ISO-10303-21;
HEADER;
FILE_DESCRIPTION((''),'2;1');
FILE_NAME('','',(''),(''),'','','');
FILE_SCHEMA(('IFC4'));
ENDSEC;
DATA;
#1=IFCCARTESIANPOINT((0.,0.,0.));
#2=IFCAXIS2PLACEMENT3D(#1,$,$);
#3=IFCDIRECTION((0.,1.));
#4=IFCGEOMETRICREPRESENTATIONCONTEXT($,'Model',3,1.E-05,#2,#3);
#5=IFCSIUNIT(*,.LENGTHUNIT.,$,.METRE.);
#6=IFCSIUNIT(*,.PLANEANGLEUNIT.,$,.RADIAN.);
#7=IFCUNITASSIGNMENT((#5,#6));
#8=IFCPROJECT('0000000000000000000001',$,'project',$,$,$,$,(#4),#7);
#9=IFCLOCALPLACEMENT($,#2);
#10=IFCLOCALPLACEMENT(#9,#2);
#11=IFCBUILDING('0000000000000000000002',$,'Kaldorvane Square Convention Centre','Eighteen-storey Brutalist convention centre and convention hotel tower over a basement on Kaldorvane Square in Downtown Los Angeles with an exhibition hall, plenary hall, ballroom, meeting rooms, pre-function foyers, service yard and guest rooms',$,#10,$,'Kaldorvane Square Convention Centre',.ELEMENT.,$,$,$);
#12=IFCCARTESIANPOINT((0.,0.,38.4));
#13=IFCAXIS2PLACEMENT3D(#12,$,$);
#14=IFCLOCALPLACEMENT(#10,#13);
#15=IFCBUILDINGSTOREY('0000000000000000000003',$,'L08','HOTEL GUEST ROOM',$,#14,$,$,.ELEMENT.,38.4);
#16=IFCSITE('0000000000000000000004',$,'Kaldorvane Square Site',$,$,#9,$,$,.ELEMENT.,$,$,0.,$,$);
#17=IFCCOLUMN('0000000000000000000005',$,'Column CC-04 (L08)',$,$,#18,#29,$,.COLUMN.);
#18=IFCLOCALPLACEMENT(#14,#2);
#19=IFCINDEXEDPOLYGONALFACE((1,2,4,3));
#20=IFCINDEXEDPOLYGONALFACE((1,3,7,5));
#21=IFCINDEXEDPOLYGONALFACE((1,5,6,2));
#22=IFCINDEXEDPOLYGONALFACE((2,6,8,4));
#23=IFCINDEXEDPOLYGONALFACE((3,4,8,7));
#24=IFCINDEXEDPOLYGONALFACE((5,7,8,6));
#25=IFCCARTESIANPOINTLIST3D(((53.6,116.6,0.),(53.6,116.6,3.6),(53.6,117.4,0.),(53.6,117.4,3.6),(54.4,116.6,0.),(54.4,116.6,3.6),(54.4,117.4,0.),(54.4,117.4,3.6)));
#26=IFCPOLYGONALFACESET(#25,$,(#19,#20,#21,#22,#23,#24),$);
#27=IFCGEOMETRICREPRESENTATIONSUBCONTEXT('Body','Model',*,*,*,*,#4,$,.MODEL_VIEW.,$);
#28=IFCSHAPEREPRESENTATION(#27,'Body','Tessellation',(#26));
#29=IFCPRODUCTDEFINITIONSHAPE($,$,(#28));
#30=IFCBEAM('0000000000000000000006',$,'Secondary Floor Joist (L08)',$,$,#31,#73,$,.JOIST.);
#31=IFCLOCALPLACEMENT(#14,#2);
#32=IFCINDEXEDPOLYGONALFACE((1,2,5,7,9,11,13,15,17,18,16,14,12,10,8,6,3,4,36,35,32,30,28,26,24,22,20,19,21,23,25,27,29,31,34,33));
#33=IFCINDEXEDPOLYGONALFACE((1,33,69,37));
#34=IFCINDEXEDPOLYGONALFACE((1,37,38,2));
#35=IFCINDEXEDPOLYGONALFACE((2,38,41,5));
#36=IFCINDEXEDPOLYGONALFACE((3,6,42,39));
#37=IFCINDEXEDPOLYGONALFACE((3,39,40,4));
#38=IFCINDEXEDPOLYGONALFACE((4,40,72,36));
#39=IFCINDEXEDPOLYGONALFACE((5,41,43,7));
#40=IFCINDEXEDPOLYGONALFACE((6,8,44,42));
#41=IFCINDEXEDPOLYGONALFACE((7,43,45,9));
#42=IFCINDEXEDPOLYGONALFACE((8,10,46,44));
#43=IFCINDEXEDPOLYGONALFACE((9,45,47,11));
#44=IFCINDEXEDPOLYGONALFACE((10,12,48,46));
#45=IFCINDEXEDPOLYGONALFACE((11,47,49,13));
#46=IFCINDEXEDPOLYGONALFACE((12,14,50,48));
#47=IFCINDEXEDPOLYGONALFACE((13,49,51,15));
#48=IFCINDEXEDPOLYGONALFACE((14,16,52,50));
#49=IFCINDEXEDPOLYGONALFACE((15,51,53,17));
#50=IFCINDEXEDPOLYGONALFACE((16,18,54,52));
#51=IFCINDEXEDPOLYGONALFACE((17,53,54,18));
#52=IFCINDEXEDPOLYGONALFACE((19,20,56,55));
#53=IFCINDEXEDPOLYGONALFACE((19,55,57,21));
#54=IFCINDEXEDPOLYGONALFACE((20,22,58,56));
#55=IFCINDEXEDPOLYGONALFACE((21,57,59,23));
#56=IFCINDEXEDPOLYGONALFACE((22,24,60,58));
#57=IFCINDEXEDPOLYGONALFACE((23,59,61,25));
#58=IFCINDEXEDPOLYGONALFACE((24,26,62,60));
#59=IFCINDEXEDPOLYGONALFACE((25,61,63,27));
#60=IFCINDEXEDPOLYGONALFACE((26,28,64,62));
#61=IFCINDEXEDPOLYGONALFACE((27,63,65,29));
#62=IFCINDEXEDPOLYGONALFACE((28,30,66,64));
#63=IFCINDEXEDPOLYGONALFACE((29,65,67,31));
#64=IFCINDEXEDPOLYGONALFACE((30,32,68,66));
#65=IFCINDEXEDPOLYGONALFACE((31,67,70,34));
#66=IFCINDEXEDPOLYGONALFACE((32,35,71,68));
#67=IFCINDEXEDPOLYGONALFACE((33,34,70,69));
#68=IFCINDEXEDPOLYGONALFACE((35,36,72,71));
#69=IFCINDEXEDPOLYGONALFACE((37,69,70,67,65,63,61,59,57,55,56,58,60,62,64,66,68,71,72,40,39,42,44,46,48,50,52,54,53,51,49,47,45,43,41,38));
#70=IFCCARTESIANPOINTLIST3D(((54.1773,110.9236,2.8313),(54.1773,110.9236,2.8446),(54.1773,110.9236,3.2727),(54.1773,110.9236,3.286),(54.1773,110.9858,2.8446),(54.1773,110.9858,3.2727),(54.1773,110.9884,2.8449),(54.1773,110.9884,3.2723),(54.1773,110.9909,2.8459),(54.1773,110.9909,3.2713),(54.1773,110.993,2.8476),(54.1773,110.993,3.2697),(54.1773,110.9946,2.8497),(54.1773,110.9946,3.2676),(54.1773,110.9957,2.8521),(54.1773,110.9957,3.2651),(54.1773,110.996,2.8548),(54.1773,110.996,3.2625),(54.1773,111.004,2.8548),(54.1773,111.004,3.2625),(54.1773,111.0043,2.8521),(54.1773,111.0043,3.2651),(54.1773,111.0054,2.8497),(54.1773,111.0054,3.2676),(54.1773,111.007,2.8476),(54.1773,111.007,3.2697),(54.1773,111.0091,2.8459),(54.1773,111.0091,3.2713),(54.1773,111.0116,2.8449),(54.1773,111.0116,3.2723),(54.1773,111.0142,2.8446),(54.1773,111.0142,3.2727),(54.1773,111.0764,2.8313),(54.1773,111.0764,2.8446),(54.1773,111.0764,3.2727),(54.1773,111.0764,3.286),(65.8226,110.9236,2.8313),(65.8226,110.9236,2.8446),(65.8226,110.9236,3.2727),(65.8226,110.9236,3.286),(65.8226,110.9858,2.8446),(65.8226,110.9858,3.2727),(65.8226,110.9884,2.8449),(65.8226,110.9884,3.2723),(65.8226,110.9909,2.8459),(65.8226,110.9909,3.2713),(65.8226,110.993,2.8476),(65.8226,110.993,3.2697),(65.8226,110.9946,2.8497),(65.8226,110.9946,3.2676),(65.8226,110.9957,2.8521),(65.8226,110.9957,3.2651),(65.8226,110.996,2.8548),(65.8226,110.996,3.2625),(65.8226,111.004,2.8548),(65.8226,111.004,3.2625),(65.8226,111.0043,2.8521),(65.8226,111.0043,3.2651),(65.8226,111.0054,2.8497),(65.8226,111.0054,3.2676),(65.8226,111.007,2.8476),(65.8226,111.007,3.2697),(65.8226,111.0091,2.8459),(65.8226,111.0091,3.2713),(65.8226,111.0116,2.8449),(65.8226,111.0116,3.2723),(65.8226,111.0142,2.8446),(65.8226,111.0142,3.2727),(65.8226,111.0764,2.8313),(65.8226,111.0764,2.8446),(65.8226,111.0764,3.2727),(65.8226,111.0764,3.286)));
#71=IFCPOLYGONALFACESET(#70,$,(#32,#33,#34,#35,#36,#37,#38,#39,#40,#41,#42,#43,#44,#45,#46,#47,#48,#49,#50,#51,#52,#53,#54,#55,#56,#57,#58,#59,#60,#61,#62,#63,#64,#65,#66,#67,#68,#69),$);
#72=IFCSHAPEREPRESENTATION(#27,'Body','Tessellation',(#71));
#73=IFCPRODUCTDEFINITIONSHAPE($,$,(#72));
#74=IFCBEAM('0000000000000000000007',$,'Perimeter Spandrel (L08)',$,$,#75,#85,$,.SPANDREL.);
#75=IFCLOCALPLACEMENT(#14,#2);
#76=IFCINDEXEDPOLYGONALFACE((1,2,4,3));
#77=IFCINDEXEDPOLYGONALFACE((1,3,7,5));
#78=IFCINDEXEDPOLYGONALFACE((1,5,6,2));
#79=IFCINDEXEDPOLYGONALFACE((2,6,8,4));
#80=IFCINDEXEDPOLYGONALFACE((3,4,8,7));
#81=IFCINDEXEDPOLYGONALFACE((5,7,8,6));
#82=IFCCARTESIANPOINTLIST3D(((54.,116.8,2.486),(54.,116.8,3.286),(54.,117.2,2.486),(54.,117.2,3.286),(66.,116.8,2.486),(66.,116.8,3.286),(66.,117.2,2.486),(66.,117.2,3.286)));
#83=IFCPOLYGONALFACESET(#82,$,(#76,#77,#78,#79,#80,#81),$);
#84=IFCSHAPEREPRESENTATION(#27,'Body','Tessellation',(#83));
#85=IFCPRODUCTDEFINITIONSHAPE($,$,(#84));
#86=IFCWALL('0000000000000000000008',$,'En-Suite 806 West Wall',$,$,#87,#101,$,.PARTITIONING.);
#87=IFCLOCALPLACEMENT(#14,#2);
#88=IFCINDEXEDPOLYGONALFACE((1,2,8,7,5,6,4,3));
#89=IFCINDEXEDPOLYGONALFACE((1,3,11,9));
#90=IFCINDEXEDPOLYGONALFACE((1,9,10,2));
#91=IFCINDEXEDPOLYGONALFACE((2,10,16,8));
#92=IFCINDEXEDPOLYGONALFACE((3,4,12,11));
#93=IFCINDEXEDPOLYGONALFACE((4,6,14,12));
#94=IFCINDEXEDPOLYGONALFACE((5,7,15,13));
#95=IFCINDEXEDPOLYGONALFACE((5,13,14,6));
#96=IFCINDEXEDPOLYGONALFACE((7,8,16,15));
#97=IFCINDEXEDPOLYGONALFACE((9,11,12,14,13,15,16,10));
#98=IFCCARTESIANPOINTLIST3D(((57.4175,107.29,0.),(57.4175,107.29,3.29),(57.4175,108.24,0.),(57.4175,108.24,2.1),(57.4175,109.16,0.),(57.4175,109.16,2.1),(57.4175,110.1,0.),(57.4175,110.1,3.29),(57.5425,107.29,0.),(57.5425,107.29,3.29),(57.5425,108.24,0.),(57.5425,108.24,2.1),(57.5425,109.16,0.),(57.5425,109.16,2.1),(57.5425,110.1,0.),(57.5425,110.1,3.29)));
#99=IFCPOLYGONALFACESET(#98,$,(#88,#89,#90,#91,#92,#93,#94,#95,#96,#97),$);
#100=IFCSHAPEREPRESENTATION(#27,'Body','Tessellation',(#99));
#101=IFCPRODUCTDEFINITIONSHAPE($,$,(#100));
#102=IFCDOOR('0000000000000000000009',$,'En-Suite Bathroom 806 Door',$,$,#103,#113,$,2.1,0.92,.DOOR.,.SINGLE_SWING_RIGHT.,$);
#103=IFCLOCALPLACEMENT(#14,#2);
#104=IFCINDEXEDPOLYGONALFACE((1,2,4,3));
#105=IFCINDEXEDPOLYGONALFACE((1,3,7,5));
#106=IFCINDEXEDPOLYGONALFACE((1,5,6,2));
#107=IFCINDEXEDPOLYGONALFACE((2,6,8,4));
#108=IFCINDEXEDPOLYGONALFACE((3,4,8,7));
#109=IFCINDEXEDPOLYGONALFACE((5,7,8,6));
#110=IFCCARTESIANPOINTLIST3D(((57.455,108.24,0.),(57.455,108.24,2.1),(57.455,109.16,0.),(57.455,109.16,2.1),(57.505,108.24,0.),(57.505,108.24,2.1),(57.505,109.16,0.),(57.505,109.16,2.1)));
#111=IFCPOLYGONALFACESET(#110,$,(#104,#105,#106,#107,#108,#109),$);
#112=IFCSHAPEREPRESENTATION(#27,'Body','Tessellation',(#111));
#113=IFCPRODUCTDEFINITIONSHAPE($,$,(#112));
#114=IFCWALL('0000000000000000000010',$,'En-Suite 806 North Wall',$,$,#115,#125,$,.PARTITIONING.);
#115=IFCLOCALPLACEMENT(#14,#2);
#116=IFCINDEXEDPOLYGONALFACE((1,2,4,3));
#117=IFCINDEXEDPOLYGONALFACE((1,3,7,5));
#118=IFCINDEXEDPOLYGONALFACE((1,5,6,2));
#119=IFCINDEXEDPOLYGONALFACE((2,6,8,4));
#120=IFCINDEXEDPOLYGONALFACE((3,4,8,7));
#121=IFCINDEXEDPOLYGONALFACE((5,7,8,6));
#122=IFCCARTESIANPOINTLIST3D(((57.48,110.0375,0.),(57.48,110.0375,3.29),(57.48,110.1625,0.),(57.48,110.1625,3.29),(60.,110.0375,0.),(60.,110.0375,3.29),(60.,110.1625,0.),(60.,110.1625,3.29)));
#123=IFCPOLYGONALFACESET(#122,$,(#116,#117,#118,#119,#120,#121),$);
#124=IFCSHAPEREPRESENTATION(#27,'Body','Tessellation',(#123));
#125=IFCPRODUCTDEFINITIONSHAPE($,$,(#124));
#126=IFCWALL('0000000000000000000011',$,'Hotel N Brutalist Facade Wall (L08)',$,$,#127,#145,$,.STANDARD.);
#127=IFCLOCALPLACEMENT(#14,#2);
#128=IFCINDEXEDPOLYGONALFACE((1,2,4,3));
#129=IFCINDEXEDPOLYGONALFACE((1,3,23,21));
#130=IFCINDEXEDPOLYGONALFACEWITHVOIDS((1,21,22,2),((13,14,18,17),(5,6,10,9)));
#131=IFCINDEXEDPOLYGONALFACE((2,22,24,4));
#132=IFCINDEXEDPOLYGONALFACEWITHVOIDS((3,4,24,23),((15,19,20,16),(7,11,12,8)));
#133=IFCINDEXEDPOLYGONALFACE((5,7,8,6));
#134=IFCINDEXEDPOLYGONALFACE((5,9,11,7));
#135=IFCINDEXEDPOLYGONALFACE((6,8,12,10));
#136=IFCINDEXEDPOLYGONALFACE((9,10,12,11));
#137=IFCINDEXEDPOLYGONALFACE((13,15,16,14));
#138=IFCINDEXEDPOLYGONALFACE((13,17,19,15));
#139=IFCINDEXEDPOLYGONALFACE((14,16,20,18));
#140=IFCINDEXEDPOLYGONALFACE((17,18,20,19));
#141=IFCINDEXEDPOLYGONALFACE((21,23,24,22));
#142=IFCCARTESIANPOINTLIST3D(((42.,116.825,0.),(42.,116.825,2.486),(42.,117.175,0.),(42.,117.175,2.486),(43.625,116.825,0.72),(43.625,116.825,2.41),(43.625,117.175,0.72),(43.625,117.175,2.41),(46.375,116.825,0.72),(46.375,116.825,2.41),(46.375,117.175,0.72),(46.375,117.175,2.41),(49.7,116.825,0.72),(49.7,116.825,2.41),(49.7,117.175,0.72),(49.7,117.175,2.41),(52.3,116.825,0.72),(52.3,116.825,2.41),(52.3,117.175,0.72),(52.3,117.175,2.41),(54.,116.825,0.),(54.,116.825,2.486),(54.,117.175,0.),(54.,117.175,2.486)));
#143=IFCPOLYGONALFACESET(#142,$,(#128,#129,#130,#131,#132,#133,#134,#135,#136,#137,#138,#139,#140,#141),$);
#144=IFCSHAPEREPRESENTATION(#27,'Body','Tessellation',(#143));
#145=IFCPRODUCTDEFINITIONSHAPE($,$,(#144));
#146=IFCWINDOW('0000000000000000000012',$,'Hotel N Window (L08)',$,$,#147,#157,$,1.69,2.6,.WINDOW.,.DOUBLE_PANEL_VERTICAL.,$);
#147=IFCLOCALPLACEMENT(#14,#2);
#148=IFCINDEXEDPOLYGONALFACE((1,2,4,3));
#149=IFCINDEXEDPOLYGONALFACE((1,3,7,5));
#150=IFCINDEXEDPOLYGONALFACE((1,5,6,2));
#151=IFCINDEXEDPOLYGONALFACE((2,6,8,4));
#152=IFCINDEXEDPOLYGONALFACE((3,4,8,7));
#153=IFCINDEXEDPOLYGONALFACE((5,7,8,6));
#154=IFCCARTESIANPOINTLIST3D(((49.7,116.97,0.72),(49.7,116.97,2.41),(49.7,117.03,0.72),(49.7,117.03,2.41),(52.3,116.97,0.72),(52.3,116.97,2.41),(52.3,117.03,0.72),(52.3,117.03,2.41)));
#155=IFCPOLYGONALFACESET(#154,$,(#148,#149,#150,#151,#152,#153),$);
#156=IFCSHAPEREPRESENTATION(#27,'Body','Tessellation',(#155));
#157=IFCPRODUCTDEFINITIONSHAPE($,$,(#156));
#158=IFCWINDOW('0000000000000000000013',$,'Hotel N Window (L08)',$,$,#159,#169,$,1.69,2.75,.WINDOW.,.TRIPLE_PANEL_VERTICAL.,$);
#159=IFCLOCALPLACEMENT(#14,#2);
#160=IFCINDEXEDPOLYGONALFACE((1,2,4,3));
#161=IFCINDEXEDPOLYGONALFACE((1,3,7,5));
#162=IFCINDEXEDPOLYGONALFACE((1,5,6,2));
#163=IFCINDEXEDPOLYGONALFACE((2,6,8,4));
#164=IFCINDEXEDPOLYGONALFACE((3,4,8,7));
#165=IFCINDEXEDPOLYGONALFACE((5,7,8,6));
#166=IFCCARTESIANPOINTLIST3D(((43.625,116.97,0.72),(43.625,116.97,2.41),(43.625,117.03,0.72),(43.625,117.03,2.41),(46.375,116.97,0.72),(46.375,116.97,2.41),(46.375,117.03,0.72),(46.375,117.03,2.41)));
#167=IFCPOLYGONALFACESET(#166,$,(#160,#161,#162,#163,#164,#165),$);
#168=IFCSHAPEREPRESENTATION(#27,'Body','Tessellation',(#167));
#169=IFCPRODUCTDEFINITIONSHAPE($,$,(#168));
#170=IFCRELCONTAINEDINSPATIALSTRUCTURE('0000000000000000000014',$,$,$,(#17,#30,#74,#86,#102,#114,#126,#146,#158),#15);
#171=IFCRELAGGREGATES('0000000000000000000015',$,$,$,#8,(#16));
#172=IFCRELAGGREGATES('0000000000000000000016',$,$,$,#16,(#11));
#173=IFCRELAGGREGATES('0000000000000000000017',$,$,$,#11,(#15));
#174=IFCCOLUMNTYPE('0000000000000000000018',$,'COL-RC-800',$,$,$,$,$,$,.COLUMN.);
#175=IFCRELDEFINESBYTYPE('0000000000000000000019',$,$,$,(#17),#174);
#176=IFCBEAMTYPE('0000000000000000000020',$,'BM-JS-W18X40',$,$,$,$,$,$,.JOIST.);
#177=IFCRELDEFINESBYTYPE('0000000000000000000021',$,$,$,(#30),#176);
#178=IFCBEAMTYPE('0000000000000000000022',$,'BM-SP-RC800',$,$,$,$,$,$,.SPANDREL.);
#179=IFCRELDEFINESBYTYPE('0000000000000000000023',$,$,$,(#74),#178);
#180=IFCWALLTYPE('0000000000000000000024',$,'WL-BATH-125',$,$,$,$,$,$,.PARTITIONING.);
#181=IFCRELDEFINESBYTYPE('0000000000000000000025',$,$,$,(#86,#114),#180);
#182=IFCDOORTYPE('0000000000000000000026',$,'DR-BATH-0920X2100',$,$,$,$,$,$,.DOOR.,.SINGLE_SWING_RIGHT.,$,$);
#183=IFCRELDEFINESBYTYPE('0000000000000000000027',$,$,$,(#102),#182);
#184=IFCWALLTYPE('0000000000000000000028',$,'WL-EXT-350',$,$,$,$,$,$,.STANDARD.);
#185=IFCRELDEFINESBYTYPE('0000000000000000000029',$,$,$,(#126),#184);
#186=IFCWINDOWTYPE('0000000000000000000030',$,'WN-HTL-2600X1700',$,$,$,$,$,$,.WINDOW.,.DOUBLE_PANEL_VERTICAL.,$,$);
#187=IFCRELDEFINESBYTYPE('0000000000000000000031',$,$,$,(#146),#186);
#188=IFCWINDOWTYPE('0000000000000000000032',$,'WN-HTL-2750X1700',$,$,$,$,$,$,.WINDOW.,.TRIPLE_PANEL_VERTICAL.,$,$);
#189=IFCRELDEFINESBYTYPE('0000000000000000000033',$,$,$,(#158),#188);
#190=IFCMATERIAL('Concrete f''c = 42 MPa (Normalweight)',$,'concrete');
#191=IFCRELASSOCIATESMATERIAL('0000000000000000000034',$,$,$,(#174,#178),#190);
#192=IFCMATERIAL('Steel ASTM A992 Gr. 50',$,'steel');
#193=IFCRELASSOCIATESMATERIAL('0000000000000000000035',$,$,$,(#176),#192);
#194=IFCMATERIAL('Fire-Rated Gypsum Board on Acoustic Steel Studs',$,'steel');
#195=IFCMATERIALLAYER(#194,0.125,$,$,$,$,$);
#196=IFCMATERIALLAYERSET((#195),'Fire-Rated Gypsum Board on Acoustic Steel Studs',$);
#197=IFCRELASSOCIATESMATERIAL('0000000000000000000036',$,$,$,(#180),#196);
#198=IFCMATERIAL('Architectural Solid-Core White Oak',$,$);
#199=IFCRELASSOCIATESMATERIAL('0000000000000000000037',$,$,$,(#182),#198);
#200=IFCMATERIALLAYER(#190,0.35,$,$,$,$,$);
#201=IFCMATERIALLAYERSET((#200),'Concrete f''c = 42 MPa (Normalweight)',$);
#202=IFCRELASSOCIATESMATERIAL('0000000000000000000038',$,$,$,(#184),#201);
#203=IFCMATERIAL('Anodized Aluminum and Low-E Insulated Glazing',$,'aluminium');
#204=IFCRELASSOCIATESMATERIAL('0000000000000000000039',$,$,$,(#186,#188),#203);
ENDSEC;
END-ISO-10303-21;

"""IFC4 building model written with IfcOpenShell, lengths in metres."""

from ifc_helpers import new_model, si_unit, direction, frame, frame_2d, origin, origin_2d, place, context, subcontext, project, spatial, rectangle, i_section, extrude, material, layer, layer_set, material_profile, profile_set, type_object, element, fill, save


model = new_model("IFC4")

# Units and contexts
model_context = context("Model", 3, precision=1e-05, world=origin(), true_north=direction((0.0, 1.0)))
body_context = subcontext(model_context, "Body", "Model", "MODEL_VIEW")
ifc_project = project(units=[si_unit("LENGTHUNIT", "METRE"), si_unit("PLANEANGLEUNIT", "RADIAN")], contexts=[model_context])

# Site, building, storey
site_placement = place(None, origin())
site = spatial("IfcSite", under=ifc_project, at=site_placement, Name="Kaldorvane Square Site", CompositionType="ELEMENT", RefElevation=0.0)
building_placement = place(site_placement, origin())
building = spatial("IfcBuilding", under=site, at=building_placement, Name="Kaldorvane Square Convention Centre", Description="Eighteen-storey Brutalist convention centre and convention hotel tower over a basement on Kaldorvane Square in Downtown Los Angeles with an exhibition hall, plenary hall, ballroom, meeting rooms, pre-function foyers, service yard and guest rooms", LongName="Kaldorvane Square Convention Centre", CompositionType="ELEMENT")
storey_placement = place(building_placement, frame((0.0, 0.0, 38.4)))
storey = spatial("IfcBuildingStorey", under=building, at=storey_placement, Name="L08", Description="HOTEL GUEST ROOM", CompositionType="ELEMENT", Elevation=38.4)

# Column
ifc_material_1 = material(Name="Concrete f'c = 42 MPa (Normalweight)", Category="concrete")
ifc_material_profile_1 = material_profile(ifc_material_1, rectangle(XDim=0.8, YDim=0.8, at=origin_2d()), Name="RC800X800")
ifc_profile_set_1 = profile_set([ifc_material_profile_1], Name="Concrete f'c = 42 MPa (Normalweight)")
column_type = type_object("IfcColumnType", Name="COL-RC-800", PredefinedType="COLUMN", material=ifc_profile_set_1)
column_placement = place(storey_placement, frame((54.0, 117.0, 0.0), z_axis=(0.0, 0.0, 1.0), x_axis=(1.0, 0.0, 0.0)))
element("IfcColumn", 1, at=column_placement, inside=storey, type_object=column_type, Name="Column CC-04 (L08)", PredefinedType="COLUMN", context=body_context, shape_type="SweptSolid", body=[
    extrude(rectangle(XDim=0.8, YDim=0.8, at=origin_2d()), origin(), (0.0, 0.0, 1.0), 3.6),
])

# Beams
ifc_material_2 = material(Name="Steel ASTM A992 Gr. 50", Category="steel")
ifc_material_profile_2 = material_profile(ifc_material_2, i_section(OverallWidth=0.1528, OverallDepth=0.4547, WebThickness=0.008, FlangeThickness=0.0133, FilletRadius=0.0102, at=origin_2d()), Name="W18X40")
ifc_profile_set_2 = profile_set([ifc_material_profile_2], Name="Steel ASTM A992 Gr. 50")
beam_type_1 = type_object("IfcBeamType", Name="BM-JS-W18X40", PredefinedType="JOIST", material=ifc_profile_set_2)
beam_1_placement = place(storey_placement, frame((54.1773, 111.0, 3.0586), z_axis=(1.0, 0.0, 0.0), x_axis=(0.0, 1.0, 0.0)))
element("IfcBeam", 2, at=beam_1_placement, inside=storey, type_object=beam_type_1, Name="Secondary Floor Joist (L08)", PredefinedType="JOIST", context=body_context, shape_type="SweptSolid", body=[
    extrude(i_section(OverallWidth=0.1528, OverallDepth=0.4547, WebThickness=0.008, FlangeThickness=0.0133, FilletRadius=0.0102, at=origin_2d()), origin(), (0.0, 0.0, 1.0), 11.6453),
])
ifc_material_profile_3 = material_profile(ifc_material_1, rectangle(XDim=0.4, YDim=0.8, at=origin_2d()), Name="RCSP800X400")
ifc_profile_set_3 = profile_set([ifc_material_profile_3], Name="Concrete f'c = 42 MPa (Normalweight)")
beam_type_2 = type_object("IfcBeamType", Name="BM-SP-RC800", PredefinedType="SPANDREL", material=ifc_profile_set_3)
beam_2_placement = place(storey_placement, frame((54.0, 117.0, 2.886), z_axis=(1.0, 0.0, 0.0), x_axis=(0.0, 1.0, 0.0)))
element("IfcBeam", 3, at=beam_2_placement, inside=storey, type_object=beam_type_2, Name="Perimeter Spandrel (L08)", PredefinedType="SPANDREL", context=body_context, shape_type="SweptSolid", body=[
    extrude(rectangle(XDim=0.4, YDim=0.8, at=origin_2d()), origin(), (0.0, 0.0, 1.0), 12.0),
])

# Wall, opening, door
ifc_material_3 = material(Name="Fire-Rated Gypsum Board on Acoustic Steel Studs", Category="steel")
ifc_layer_1 = layer(ifc_material_3, 0.125)
ifc_layer_set_1 = layer_set([ifc_layer_1], Name="Fire-Rated Gypsum Board on Acoustic Steel Studs")
wall_type_1 = type_object("IfcWallType", Name="WL-BATH-125", PredefinedType="PARTITIONING", material=ifc_layer_set_1)
wall_1_placement = place(storey_placement, frame((57.48, 107.29, 0.0), z_axis=(0.0, 0.0, 1.0), x_axis=(0.0, 1.0, 0.0)))
wall_1 = element("IfcWall", 4, at=wall_1_placement, inside=storey, type_object=wall_type_1, Name="En-Suite 806 West Wall", PredefinedType="PARTITIONING", context=body_context, shape_type="SweptSolid", body=[
    extrude(rectangle(XDim=2.81, YDim=0.125, at=frame_2d((1.405, 0.0))), origin(), (0.0, 0.0, 1.0), 3.29),
])
opening_1_placement = place(wall_1_placement, frame((0.95, 0.0, 0.0)))
opening_1 = element("IfcOpeningElement", 5, at=opening_1_placement, cuts=wall_1, PredefinedType="OPENING", context=body_context, shape_type="SweptSolid", body=[
    extrude(rectangle(XDim=0.92, YDim=2.1, at=frame_2d((0.46, 1.05))), frame((0.0, 0.0775, 0.0), z_axis=(0.0, -1.0, 0.0), x_axis=(1.0, 0.0, 0.0)), (0.0, 0.0, 1.0), 0.155),
])
ifc_material_4 = material(Name="Architectural Solid-Core White Oak")
door_type_1 = type_object("IfcDoorType", Name="DR-BATH-0920X2100", OperationType="SINGLE_SWING_RIGHT", PredefinedType="DOOR", material=ifc_material_4)
door_1_placement = place(opening_1_placement, origin())
door_1 = element("IfcDoor", 6, at=door_1_placement, inside=storey, type_object=door_type_1, Name="En-Suite Bathroom 806 Door", OperationType="SINGLE_SWING_RIGHT", OverallHeight=2.1, OverallWidth=0.92, PredefinedType="DOOR", context=body_context, shape_type="SweptSolid", body=[
    extrude(rectangle(XDim=0.92, YDim=2.1, at=frame_2d((0.46, 1.05))), frame((0.0, 0.025, 0.0), z_axis=(0.0, -1.0, 0.0), x_axis=(1.0, 0.0, 0.0)), (0.0, 0.0, 1.0), 0.05),
])
fill(opening_1, door_1)

# Wall
wall_2_placement = place(storey_placement, frame((57.48, 110.1, 0.0), z_axis=(0.0, 0.0, 1.0), x_axis=(1.0, 0.0, 0.0)))
element("IfcWall", 7, at=wall_2_placement, inside=storey, type_object=wall_type_1, Name="En-Suite 806 North Wall", PredefinedType="PARTITIONING", context=body_context, shape_type="SweptSolid", body=[
    extrude(rectangle(XDim=2.52, YDim=0.125, at=frame_2d((1.26, 0.0))), origin(), (0.0, 0.0, 1.0), 3.29),
])

# Wall, openings, windows
ifc_layer_2 = layer(ifc_material_1, 0.35)
ifc_layer_set_2 = layer_set([ifc_layer_2], Name="Concrete f'c = 42 MPa (Normalweight)")
wall_type_2 = type_object("IfcWallType", Name="WL-EXT-350", PredefinedType="STANDARD", material=ifc_layer_set_2)
wall_3_placement = place(storey_placement, frame((54.0, 117.0, 0.0), z_axis=(0.0, 0.0, 1.0), x_axis=(-1.0, 0.0, 0.0)))
wall_3 = element("IfcWall", 8, at=wall_3_placement, inside=storey, type_object=wall_type_2, Name="Hotel N Brutalist Facade Wall (L08)", PredefinedType="STANDARD", context=body_context, shape_type="SweptSolid", body=[
    extrude(rectangle(XDim=12.0, YDim=0.35, at=frame_2d((6.0, 0.0))), origin(), (0.0, 0.0, 1.0), 2.486),
])
opening_2_placement = place(wall_3_placement, frame((1.7, 0.0, 0.72)))
opening_2 = element("IfcOpeningElement", 9, at=opening_2_placement, cuts=wall_3, PredefinedType="OPENING", context=body_context, shape_type="SweptSolid", body=[
    extrude(rectangle(XDim=2.6, YDim=1.69, at=frame_2d((1.3, 0.845))), frame((0.0, 0.19, 0.0), z_axis=(0.0, -1.0, 0.0), x_axis=(1.0, 0.0, 0.0)), (0.0, 0.0, 1.0), 0.38),
])
opening_3_placement = place(wall_3_placement, frame((7.625, 0.0, 0.72)))
opening_3 = element("IfcOpeningElement", 10, at=opening_3_placement, cuts=wall_3, PredefinedType="OPENING", context=body_context, shape_type="SweptSolid", body=[
    extrude(rectangle(XDim=2.75, YDim=1.69, at=frame_2d((1.375, 0.845))), frame((0.0, 0.19, 0.0), z_axis=(0.0, -1.0, 0.0), x_axis=(1.0, 0.0, 0.0)), (0.0, 0.0, 1.0), 0.38),
])
ifc_material_5 = material(Name="Anodized Aluminum and Low-E Insulated Glazing", Category="aluminium")
window_type_1 = type_object("IfcWindowType", Name="WN-HTL-2600X1700", PartitioningType="DOUBLE_PANEL_VERTICAL", PredefinedType="WINDOW", material=ifc_material_5)
window_1_placement = place(opening_2_placement, origin())
window_1 = element("IfcWindow", 11, at=window_1_placement, inside=storey, type_object=window_type_1, Name="Hotel N Window (L08)", OverallHeight=1.69, OverallWidth=2.6, PartitioningType="DOUBLE_PANEL_VERTICAL", PredefinedType="WINDOW", context=body_context, shape_type="SweptSolid", body=[
    extrude(rectangle(XDim=2.6, YDim=1.69, at=frame_2d((1.3, 0.845))), frame((0.0, 0.03, 0.0), z_axis=(0.0, -1.0, 0.0), x_axis=(1.0, 0.0, 0.0)), (0.0, 0.0, 1.0), 0.06),
])
fill(opening_2, window_1)
window_type_2 = type_object("IfcWindowType", Name="WN-HTL-2750X1700", PartitioningType="TRIPLE_PANEL_VERTICAL", PredefinedType="WINDOW", material=ifc_material_5)
window_2_placement = place(opening_3_placement, origin())
window_2 = element("IfcWindow", 12, at=window_2_placement, inside=storey, type_object=window_type_2, Name="Hotel N Window (L08)", OverallHeight=1.69, OverallWidth=2.75, PartitioningType="TRIPLE_PANEL_VERTICAL", PredefinedType="WINDOW", context=body_context, shape_type="SweptSolid", body=[
    extrude(rectangle(XDim=2.75, YDim=1.69, at=frame_2d((1.375, 0.845))), frame((0.0, 0.03, 0.0), z_axis=(0.0, -1.0, 0.0), x_axis=(1.0, 0.0, 0.0)), (0.0, 0.0, 1.0), 0.06),
])
fill(opening_3, window_2)

save(model, "model.ifc")
